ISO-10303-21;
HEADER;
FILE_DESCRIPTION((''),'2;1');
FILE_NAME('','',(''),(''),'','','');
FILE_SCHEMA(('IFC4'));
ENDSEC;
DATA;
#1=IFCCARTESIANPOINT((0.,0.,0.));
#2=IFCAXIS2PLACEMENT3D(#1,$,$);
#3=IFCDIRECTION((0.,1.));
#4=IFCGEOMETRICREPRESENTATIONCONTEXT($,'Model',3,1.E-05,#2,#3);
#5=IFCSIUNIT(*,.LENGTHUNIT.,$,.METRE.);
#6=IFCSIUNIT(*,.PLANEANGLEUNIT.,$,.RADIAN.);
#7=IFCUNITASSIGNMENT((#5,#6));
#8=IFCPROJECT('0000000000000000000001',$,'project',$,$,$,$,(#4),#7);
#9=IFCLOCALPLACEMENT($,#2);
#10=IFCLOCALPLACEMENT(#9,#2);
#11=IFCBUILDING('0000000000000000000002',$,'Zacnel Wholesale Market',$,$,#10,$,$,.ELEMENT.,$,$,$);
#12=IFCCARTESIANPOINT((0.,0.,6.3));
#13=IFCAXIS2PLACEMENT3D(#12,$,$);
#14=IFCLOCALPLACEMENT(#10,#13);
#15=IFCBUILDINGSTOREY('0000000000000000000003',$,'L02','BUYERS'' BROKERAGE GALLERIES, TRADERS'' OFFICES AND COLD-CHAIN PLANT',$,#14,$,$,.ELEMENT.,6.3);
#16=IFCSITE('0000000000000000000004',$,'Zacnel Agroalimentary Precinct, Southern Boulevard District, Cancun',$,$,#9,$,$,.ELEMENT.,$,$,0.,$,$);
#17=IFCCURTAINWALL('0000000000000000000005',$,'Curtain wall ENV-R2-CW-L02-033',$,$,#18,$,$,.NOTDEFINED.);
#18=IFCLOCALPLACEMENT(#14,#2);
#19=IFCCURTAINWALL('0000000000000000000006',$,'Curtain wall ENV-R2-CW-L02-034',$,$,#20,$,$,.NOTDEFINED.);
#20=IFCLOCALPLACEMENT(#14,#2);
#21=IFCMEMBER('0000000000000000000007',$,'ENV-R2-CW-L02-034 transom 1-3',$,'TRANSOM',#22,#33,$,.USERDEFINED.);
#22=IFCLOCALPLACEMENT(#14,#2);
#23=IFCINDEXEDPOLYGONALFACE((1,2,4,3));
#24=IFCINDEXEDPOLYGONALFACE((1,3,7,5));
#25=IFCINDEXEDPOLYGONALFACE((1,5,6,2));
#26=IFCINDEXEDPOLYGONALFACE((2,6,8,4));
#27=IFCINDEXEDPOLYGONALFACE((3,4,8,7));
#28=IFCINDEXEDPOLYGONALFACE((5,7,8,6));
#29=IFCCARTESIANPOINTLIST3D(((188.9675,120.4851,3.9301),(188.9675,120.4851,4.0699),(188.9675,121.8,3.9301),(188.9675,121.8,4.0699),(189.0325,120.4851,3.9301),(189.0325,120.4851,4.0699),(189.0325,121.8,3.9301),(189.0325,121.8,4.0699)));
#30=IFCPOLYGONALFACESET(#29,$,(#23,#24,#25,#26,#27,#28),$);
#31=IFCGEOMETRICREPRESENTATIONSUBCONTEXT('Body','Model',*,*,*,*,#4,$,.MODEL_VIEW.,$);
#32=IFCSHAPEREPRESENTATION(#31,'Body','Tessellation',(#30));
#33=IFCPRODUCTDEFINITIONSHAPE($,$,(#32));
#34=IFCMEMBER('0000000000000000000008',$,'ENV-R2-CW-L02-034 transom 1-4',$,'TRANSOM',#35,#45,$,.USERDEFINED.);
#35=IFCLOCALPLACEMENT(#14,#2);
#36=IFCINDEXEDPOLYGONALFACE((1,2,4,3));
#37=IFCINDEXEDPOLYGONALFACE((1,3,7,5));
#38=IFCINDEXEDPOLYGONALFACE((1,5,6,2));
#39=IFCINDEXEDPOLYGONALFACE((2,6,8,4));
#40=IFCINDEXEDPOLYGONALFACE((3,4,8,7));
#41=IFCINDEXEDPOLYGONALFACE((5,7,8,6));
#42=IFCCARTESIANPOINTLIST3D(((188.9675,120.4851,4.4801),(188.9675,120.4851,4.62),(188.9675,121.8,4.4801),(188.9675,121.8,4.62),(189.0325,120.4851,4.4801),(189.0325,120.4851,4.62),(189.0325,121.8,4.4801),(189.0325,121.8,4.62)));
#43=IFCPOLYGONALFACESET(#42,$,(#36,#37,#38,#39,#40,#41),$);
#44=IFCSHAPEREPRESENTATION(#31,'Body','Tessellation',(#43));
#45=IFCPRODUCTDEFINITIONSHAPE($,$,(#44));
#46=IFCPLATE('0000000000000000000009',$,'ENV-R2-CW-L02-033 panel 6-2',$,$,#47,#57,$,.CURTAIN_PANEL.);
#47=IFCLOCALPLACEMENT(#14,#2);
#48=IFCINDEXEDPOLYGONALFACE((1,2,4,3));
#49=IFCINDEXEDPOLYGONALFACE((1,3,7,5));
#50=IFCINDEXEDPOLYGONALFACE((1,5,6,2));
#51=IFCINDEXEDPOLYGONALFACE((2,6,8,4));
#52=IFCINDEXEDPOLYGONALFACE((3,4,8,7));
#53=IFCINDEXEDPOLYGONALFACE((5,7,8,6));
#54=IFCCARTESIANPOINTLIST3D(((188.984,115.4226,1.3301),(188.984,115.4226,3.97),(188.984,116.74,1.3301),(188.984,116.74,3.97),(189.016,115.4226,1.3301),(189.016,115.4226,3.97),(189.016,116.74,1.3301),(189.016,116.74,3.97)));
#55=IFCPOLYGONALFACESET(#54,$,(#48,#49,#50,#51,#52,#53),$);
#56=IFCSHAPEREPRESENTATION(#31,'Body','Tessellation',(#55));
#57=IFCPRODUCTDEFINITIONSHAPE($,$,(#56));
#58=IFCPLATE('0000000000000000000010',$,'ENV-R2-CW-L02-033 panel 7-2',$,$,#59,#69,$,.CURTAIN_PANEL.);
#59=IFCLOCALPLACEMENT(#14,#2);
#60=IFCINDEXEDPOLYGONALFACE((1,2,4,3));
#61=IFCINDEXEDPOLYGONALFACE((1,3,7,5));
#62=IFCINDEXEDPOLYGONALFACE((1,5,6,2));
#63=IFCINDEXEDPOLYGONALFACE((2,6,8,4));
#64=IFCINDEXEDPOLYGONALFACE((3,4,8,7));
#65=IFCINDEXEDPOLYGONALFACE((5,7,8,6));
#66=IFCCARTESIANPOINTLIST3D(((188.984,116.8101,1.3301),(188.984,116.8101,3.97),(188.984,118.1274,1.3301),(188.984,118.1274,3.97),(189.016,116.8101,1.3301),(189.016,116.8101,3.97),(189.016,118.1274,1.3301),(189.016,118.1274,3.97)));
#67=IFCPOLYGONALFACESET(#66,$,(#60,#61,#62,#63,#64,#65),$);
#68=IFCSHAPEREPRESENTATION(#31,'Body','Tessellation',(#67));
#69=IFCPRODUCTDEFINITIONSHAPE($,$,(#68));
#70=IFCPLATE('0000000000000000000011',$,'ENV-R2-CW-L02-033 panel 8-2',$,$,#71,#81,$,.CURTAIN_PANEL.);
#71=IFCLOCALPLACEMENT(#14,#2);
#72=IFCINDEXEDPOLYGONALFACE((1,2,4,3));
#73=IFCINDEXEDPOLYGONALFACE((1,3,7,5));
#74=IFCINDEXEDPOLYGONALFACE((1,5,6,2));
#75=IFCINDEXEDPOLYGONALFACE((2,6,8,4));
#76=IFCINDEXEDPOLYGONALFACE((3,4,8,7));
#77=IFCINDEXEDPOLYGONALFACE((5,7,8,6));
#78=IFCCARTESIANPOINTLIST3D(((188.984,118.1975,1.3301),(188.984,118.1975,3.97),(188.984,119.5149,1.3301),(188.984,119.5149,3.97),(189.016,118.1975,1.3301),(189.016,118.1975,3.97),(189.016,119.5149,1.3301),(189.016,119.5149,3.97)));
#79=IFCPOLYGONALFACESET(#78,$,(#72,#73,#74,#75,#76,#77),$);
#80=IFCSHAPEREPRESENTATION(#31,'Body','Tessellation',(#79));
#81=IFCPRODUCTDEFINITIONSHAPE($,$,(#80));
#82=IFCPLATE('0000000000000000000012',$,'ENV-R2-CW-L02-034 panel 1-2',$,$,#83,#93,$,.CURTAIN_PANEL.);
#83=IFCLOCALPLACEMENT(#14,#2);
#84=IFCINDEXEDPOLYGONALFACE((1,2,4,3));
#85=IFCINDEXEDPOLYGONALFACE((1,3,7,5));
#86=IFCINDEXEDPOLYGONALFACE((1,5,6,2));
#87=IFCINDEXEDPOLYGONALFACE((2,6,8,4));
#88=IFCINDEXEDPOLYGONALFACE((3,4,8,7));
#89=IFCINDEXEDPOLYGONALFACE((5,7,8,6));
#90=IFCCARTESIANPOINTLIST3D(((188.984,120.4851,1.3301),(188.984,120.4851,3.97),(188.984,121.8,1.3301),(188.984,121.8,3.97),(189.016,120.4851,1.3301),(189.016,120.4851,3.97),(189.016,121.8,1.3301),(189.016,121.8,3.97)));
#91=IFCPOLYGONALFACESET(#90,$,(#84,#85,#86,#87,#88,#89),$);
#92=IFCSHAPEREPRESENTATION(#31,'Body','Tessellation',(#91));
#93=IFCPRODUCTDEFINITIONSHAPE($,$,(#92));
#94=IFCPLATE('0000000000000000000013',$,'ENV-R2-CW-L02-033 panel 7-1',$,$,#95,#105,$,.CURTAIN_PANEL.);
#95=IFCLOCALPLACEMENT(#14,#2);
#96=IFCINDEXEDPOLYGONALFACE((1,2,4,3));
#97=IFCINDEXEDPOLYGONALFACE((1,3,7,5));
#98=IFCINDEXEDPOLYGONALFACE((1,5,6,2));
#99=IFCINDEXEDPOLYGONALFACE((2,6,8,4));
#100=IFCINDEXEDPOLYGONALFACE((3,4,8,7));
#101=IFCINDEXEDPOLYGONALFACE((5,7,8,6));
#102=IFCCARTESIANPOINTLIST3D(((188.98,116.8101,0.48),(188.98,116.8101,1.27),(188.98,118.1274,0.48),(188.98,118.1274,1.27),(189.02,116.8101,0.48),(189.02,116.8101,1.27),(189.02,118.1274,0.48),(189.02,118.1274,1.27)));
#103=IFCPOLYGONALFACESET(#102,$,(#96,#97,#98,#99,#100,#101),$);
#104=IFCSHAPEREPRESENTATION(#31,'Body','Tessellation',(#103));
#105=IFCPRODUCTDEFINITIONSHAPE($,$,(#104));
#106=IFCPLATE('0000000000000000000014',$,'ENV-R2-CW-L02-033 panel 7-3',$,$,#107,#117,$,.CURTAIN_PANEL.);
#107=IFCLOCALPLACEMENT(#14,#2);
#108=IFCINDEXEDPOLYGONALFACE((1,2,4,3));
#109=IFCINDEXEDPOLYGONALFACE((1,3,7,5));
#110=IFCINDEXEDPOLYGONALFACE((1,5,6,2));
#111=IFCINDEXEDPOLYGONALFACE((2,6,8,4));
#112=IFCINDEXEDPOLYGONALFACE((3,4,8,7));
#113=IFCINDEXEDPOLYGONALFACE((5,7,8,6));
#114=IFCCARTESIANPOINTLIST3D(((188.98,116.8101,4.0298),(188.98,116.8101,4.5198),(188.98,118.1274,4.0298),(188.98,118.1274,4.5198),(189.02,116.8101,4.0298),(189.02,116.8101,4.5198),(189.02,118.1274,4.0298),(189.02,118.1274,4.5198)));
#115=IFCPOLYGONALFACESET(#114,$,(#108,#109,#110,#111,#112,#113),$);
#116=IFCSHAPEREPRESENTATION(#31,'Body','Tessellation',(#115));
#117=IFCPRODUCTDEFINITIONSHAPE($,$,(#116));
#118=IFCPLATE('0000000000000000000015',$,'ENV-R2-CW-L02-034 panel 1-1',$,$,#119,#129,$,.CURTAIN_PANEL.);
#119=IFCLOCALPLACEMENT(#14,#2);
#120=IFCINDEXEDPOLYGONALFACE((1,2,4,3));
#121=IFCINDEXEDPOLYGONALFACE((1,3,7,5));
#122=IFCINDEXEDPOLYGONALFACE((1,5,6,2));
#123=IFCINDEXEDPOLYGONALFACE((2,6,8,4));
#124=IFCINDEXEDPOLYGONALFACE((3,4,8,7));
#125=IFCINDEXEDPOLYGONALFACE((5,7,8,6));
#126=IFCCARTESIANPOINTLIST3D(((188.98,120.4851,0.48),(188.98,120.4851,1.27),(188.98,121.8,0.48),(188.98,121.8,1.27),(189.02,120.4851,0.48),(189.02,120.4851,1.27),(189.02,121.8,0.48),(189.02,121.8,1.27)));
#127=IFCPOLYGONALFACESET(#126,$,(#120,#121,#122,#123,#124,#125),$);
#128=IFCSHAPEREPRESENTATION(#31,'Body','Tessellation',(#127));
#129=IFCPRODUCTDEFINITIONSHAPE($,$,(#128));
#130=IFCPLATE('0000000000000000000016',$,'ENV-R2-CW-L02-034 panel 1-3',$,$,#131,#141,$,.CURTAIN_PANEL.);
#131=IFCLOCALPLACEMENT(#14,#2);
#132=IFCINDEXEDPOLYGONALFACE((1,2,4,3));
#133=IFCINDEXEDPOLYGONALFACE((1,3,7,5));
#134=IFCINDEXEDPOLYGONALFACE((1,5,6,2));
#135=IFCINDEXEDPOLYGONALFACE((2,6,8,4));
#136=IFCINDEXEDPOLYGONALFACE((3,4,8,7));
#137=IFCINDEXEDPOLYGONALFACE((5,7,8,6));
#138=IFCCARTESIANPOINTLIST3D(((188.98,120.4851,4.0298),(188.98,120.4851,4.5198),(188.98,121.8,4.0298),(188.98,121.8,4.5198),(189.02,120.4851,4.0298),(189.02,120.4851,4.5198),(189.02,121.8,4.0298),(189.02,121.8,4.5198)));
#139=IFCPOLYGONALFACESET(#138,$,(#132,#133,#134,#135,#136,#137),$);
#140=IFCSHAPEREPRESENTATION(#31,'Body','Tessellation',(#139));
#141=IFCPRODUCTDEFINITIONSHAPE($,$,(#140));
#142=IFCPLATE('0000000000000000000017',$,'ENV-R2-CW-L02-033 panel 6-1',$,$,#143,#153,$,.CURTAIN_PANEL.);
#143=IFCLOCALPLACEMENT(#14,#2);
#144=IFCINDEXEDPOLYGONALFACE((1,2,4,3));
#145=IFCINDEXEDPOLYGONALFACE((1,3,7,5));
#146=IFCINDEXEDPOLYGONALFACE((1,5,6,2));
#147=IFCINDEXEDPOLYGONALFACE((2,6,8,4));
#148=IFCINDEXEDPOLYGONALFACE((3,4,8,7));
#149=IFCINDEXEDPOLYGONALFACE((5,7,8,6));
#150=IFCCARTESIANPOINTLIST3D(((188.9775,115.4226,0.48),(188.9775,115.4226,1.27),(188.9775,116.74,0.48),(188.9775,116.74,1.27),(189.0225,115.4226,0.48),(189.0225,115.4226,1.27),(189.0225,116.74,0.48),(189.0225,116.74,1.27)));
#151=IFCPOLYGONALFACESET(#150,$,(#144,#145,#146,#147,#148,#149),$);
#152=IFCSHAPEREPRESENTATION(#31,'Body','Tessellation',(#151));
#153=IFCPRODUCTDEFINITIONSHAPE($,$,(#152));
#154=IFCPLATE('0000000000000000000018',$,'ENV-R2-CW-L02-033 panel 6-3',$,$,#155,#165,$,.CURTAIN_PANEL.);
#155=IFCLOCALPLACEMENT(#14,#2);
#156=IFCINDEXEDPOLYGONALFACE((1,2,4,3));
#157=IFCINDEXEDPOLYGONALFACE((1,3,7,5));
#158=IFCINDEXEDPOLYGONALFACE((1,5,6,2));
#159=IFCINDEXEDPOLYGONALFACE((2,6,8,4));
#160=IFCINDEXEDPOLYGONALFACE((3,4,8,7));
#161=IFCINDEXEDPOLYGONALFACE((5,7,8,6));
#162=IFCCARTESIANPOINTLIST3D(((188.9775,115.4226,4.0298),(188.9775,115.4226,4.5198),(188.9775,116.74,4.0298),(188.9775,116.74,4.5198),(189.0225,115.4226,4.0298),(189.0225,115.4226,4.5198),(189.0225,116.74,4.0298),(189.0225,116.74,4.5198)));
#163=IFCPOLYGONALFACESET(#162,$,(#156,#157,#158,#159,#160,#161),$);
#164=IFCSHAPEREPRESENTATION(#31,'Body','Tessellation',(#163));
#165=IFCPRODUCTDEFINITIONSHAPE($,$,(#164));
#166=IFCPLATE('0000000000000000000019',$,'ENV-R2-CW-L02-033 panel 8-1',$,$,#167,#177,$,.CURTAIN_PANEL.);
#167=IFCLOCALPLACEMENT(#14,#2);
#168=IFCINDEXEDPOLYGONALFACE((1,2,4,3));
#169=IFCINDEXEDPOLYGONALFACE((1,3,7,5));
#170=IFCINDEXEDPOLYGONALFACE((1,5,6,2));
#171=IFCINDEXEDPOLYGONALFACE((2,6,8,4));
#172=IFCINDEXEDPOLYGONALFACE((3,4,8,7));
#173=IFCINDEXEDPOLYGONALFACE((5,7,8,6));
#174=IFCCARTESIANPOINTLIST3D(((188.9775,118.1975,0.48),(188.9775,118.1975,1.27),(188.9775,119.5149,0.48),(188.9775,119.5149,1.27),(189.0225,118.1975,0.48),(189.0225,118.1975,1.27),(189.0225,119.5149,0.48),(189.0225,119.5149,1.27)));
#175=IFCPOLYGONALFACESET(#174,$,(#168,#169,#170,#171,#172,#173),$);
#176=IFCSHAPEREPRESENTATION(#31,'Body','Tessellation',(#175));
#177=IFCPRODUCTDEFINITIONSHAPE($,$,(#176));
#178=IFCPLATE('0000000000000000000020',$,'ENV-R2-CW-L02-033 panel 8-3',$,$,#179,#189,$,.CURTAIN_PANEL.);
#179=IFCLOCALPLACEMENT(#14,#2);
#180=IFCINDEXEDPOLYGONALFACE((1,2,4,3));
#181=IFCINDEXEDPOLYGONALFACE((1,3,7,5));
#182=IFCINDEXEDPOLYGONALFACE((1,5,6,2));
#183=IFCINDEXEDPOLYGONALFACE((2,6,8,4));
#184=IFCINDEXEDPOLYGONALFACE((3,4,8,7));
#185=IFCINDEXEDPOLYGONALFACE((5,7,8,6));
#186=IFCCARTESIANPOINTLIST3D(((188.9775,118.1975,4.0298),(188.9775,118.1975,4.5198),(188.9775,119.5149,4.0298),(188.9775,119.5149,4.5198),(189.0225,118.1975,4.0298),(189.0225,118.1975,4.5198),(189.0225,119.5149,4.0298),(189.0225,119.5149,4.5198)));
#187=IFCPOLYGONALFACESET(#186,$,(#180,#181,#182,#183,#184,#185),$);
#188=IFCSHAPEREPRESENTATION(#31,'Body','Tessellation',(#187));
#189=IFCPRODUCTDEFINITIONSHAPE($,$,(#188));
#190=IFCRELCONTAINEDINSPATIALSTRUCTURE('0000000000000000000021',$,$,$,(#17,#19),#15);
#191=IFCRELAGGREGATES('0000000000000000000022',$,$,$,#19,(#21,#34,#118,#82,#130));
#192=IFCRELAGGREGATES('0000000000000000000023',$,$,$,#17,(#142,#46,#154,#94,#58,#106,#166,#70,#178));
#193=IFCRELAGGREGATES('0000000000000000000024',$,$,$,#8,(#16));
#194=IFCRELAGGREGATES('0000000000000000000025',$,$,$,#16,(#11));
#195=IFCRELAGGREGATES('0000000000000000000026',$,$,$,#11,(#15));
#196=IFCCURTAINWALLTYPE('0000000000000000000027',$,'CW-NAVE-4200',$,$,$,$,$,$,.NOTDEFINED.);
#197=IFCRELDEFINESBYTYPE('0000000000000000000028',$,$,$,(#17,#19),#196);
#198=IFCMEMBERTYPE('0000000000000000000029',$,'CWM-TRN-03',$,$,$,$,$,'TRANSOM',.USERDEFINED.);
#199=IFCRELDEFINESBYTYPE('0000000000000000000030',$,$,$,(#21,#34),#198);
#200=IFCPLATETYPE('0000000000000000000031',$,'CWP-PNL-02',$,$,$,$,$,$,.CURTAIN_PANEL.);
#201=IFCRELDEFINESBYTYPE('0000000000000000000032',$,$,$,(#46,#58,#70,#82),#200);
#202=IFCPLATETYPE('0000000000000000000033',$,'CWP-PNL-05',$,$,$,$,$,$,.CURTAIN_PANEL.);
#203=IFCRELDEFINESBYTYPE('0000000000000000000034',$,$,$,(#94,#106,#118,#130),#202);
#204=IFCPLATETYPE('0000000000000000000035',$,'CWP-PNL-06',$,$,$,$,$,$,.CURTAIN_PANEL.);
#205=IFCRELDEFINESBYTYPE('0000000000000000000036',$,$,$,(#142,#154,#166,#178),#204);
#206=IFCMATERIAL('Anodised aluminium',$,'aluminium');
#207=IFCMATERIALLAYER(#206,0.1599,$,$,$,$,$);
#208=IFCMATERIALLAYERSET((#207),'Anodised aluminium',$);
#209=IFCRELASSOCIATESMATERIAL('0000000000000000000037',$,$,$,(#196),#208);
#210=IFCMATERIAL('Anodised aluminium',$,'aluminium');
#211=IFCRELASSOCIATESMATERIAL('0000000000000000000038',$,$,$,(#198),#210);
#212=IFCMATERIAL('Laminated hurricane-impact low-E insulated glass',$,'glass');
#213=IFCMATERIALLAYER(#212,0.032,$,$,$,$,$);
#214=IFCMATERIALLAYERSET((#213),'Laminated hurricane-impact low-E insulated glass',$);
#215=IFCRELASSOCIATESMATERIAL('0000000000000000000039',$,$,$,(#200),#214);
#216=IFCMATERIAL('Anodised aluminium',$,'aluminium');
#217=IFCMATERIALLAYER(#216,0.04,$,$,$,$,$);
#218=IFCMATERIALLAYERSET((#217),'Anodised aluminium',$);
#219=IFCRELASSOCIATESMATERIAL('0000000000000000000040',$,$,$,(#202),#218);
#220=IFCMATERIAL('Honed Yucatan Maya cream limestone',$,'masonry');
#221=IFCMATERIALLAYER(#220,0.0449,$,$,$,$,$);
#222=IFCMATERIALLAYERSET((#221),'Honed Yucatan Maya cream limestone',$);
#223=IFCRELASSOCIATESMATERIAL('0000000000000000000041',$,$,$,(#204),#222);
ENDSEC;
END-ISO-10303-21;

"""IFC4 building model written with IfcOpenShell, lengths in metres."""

from ifc_helpers import new_model, si_unit, direction, frame, origin, origin_2d, place, context, subcontext, project, spatial, rectangle, extrude, material, layer, layer_set, material_profile, profile_set, type_object, element, aggregate, save


model = new_model("IFC4")

# Units and contexts
model_context = context("Model", 3, precision=1e-05, world=origin(), true_north=direction((0.0, 1.0)))
body_context = subcontext(model_context, "Body", "Model", "MODEL_VIEW")
ifc_project = project(units=[si_unit("LENGTHUNIT", "METRE"), si_unit("PLANEANGLEUNIT", "RADIAN")], contexts=[model_context])

# Site, building, storey
site_placement = place(None, origin())
site = spatial("IfcSite", under=ifc_project, at=site_placement, Name="Zacnel Agroalimentary Precinct, Southern Boulevard District, Cancun", CompositionType="ELEMENT", RefElevation=0.0)
building_placement = place(site_placement, origin())
building = spatial("IfcBuilding", under=site, at=building_placement, Name="Zacnel Wholesale Market", CompositionType="ELEMENT")
storey_placement = place(building_placement, frame((0.0, 0.0, 6.3)))
storey = spatial("IfcBuildingStorey", under=building, at=storey_placement, Name="L02", Description="BUYERS' BROKERAGE GALLERIES, TRADERS' OFFICES AND COLD-CHAIN PLANT", CompositionType="ELEMENT", Elevation=6.3)

# Curtain walls
ifc_material_1 = material(Name="Anodised aluminium", Category="aluminium")
ifc_layer_1 = layer(ifc_material_1, 0.1599)
ifc_layer_set_1 = layer_set([ifc_layer_1], Name="Anodised aluminium")
curtain_wall_type = type_object("IfcCurtainWallType", Name="CW-NAVE-4200", PredefinedType="NOTDEFINED", material=ifc_layer_set_1)
curtain_wall_1_placement = place(storey_placement, origin())
curtain_wall_1 = element("IfcCurtainWall", 1, at=curtain_wall_1_placement, inside=storey, type_object=curtain_wall_type, Name="Curtain wall ENV-R2-CW-L02-033", PredefinedType="NOTDEFINED")
curtain_wall_2_placement = place(storey_placement, origin())
curtain_wall_2 = element("IfcCurtainWall", 2, at=curtain_wall_2_placement, inside=storey, type_object=curtain_wall_type, Name="Curtain wall ENV-R2-CW-L02-034", PredefinedType="NOTDEFINED")

# Members
ifc_material_2 = material(Name="Anodised aluminium", Category="aluminium")
ifc_material_profile_1 = material_profile(ifc_material_2, rectangle(XDim=0.0649, YDim=0.1399, at=origin_2d()), Name="AW-TRANSOM 65x140")
ifc_profile_set_1 = profile_set([ifc_material_profile_1], Name="Anodised aluminium")
member_type_1 = type_object("IfcMemberType", Name="CWM-TRN-03", ElementType="TRANSOM", PredefinedType="USERDEFINED", material=ifc_profile_set_1)
member_1_placement = place(storey_placement, frame((189.0, 120.4851, 4.0), z_axis=(0.0, 1.0, 0.0), x_axis=(-1.0, 0.0, 0.0)))
member_1 = element("IfcMember", 3, at=member_1_placement, type_object=member_type_1, Name="ENV-R2-CW-L02-034 transom 1-3", ObjectType="TRANSOM", PredefinedType="USERDEFINED", context=body_context, shape_type="SweptSolid", body=[
    extrude(rectangle(XDim=0.0649, YDim=0.1399, at=origin_2d()), origin(), (0.0, 0.0, 1.0), 1.3149),
])
member_2_placement = place(storey_placement, frame((189.0, 120.4851, 4.55), z_axis=(0.0, 1.0, 0.0), x_axis=(-1.0, 0.0, 0.0)))
member_2 = element("IfcMember", 4, at=member_2_placement, type_object=member_type_1, Name="ENV-R2-CW-L02-034 transom 1-4", ObjectType="TRANSOM", PredefinedType="USERDEFINED", context=body_context, shape_type="SweptSolid", body=[
    extrude(rectangle(XDim=0.0649, YDim=0.1399, at=origin_2d()), origin(), (0.0, 0.0, 1.0), 1.3149),
])

# Plates
ifc_material_3 = material(Name="Laminated hurricane-impact low-E insulated glass", Category="glass")
ifc_layer_2 = layer(ifc_material_3, 0.032)
ifc_layer_set_2 = layer_set([ifc_layer_2], Name="Laminated hurricane-impact low-E insulated glass")
plate_type_1 = type_object("IfcPlateType", Name="CWP-PNL-02", PredefinedType="CURTAIN_PANEL", material=ifc_layer_set_2)
plate_1_placement = place(storey_placement, frame((189.0, 116.0813, 1.3301), z_axis=(0.0, 0.0, 1.0), x_axis=(0.0, 1.0, 0.0)))
plate_1 = element("IfcPlate", 5, at=plate_1_placement, type_object=plate_type_1, Name="ENV-R2-CW-L02-033 panel 6-2", PredefinedType="CURTAIN_PANEL", context=body_context, shape_type="SweptSolid", body=[
    extrude(rectangle(XDim=1.3174, YDim=0.032, at=origin_2d()), origin(), (0.0, 0.0, 1.0), 2.6399),
])
plate_2_placement = place(storey_placement, frame((189.0, 117.4688, 1.3301), z_axis=(0.0, 0.0, 1.0), x_axis=(0.0, 1.0, 0.0)))
plate_2 = element("IfcPlate", 6, at=plate_2_placement, type_object=plate_type_1, Name="ENV-R2-CW-L02-033 panel 7-2", PredefinedType="CURTAIN_PANEL", context=body_context, shape_type="SweptSolid", body=[
    extrude(rectangle(XDim=1.3174, YDim=0.032, at=origin_2d()), origin(), (0.0, 0.0, 1.0), 2.6399),
])
plate_3_placement = place(storey_placement, frame((189.0, 118.8562, 1.3301), z_axis=(0.0, 0.0, 1.0), x_axis=(0.0, 1.0, 0.0)))
plate_3 = element("IfcPlate", 7, at=plate_3_placement, type_object=plate_type_1, Name="ENV-R2-CW-L02-033 panel 8-2", PredefinedType="CURTAIN_PANEL", context=body_context, shape_type="SweptSolid", body=[
    extrude(rectangle(XDim=1.3174, YDim=0.032, at=origin_2d()), origin(), (0.0, 0.0, 1.0), 2.6399),
])
plate_4_placement = place(storey_placement, frame((189.0, 121.1426, 1.3301), z_axis=(0.0, 0.0, 1.0), x_axis=(0.0, 1.0, 0.0)))
plate_4 = element("IfcPlate", 8, at=plate_4_placement, type_object=plate_type_1, Name="ENV-R2-CW-L02-034 panel 1-2", PredefinedType="CURTAIN_PANEL", context=body_context, shape_type="SweptSolid", body=[
    extrude(rectangle(XDim=1.3149, YDim=0.032, at=origin_2d()), origin(), (0.0, 0.0, 1.0), 2.6399),
])
ifc_material_4 = material(Name="Anodised aluminium", Category="aluminium")
ifc_layer_3 = layer(ifc_material_4, 0.04)
ifc_layer_set_3 = layer_set([ifc_layer_3], Name="Anodised aluminium")
plate_type_2 = type_object("IfcPlateType", Name="CWP-PNL-05", PredefinedType="CURTAIN_PANEL", material=ifc_layer_set_3)
plate_5_placement = place(storey_placement, frame((189.0, 117.4688, 0.48), z_axis=(0.0, 0.0, 1.0), x_axis=(0.0, 1.0, 0.0)))
plate_5 = element("IfcPlate", 9, at=plate_5_placement, type_object=plate_type_2, Name="ENV-R2-CW-L02-033 panel 7-1", PredefinedType="CURTAIN_PANEL", context=body_context, shape_type="SweptSolid", body=[
    extrude(rectangle(XDim=1.3174, YDim=0.04, at=origin_2d()), origin(), (0.0, 0.0, 1.0), 0.79),
])
plate_6_placement = place(storey_placement, frame((189.0, 117.4688, 4.0298), z_axis=(0.0, 0.0, 1.0), x_axis=(0.0, 1.0, 0.0)))
plate_6 = element("IfcPlate", 10, at=plate_6_placement, type_object=plate_type_2, Name="ENV-R2-CW-L02-033 panel 7-3", PredefinedType="CURTAIN_PANEL", context=body_context, shape_type="SweptSolid", body=[
    extrude(rectangle(XDim=1.3174, YDim=0.04, at=origin_2d()), origin(), (0.0, 0.0, 1.0), 0.49),
])
plate_7_placement = place(storey_placement, frame((189.0, 121.1426, 0.48), z_axis=(0.0, 0.0, 1.0), x_axis=(0.0, 1.0, 0.0)))
plate_7 = element("IfcPlate", 11, at=plate_7_placement, type_object=plate_type_2, Name="ENV-R2-CW-L02-034 panel 1-1", PredefinedType="CURTAIN_PANEL", context=body_context, shape_type="SweptSolid", body=[
    extrude(rectangle(XDim=1.3149, YDim=0.04, at=origin_2d()), origin(), (0.0, 0.0, 1.0), 0.79),
])
plate_8_placement = place(storey_placement, frame((189.0, 121.1426, 4.0298), z_axis=(0.0, 0.0, 1.0), x_axis=(0.0, 1.0, 0.0)))
plate_8 = element("IfcPlate", 12, at=plate_8_placement, type_object=plate_type_2, Name="ENV-R2-CW-L02-034 panel 1-3", PredefinedType="CURTAIN_PANEL", context=body_context, shape_type="SweptSolid", body=[
    extrude(rectangle(XDim=1.3149, YDim=0.04, at=origin_2d()), origin(), (0.0, 0.0, 1.0), 0.49),
])
aggregate(curtain_wall_2, [member_1, member_2, plate_7, plate_4, plate_8])
ifc_material_5 = material(Name="Honed Yucatan Maya cream limestone", Category="masonry")
ifc_layer_4 = layer(ifc_material_5, 0.0449)
ifc_layer_set_4 = layer_set([ifc_layer_4], Name="Honed Yucatan Maya cream limestone")
plate_type_3 = type_object("IfcPlateType", Name="CWP-PNL-06", PredefinedType="CURTAIN_PANEL", material=ifc_layer_set_4)
plate_9_placement = place(storey_placement, frame((189.0, 116.0813, 0.48), z_axis=(0.0, 0.0, 1.0), x_axis=(0.0, 1.0, 0.0)))
plate_9 = element("IfcPlate", 13, at=plate_9_placement, type_object=plate_type_3, Name="ENV-R2-CW-L02-033 panel 6-1", PredefinedType="CURTAIN_PANEL", context=body_context, shape_type="SweptSolid", body=[
    extrude(rectangle(XDim=1.3174, YDim=0.0449, at=origin_2d()), origin(), (0.0, 0.0, 1.0), 0.79),
])
plate_10_placement = place(storey_placement, frame((189.0, 116.0813, 4.0298), z_axis=(0.0, 0.0, 1.0), x_axis=(0.0, 1.0, 0.0)))
plate_10 = element("IfcPlate", 14, at=plate_10_placement, type_object=plate_type_3, Name="ENV-R2-CW-L02-033 panel 6-3", PredefinedType="CURTAIN_PANEL", context=body_context, shape_type="SweptSolid", body=[
    extrude(rectangle(XDim=1.3174, YDim=0.0449, at=origin_2d()), origin(), (0.0, 0.0, 1.0), 0.49),
])
plate_11_placement = place(storey_placement, frame((189.0, 118.8562, 0.48), z_axis=(0.0, 0.0, 1.0), x_axis=(0.0, 1.0, 0.0)))
plate_11 = element("IfcPlate", 15, at=plate_11_placement, type_object=plate_type_3, Name="ENV-R2-CW-L02-033 panel 8-1", PredefinedType="CURTAIN_PANEL", context=body_context, shape_type="SweptSolid", body=[
    extrude(rectangle(XDim=1.3174, YDim=0.0449, at=origin_2d()), origin(), (0.0, 0.0, 1.0), 0.79),
])
plate_12_placement = place(storey_placement, frame((189.0, 118.8562, 4.0298), z_axis=(0.0, 0.0, 1.0), x_axis=(0.0, 1.0, 0.0)))
plate_12 = element("IfcPlate", 16, at=plate_12_placement, type_object=plate_type_3, Name="ENV-R2-CW-L02-033 panel 8-3", PredefinedType="CURTAIN_PANEL", context=body_context, shape_type="SweptSolid", body=[
    extrude(rectangle(XDim=1.3174, YDim=0.0449, at=origin_2d()), origin(), (0.0, 0.0, 1.0), 0.49),
])
aggregate(curtain_wall_1, [plate_9, plate_1, plate_10, plate_5, plate_2, plate_6, plate_11, plate_3, plate_12])

save(model, "model.ifc")
